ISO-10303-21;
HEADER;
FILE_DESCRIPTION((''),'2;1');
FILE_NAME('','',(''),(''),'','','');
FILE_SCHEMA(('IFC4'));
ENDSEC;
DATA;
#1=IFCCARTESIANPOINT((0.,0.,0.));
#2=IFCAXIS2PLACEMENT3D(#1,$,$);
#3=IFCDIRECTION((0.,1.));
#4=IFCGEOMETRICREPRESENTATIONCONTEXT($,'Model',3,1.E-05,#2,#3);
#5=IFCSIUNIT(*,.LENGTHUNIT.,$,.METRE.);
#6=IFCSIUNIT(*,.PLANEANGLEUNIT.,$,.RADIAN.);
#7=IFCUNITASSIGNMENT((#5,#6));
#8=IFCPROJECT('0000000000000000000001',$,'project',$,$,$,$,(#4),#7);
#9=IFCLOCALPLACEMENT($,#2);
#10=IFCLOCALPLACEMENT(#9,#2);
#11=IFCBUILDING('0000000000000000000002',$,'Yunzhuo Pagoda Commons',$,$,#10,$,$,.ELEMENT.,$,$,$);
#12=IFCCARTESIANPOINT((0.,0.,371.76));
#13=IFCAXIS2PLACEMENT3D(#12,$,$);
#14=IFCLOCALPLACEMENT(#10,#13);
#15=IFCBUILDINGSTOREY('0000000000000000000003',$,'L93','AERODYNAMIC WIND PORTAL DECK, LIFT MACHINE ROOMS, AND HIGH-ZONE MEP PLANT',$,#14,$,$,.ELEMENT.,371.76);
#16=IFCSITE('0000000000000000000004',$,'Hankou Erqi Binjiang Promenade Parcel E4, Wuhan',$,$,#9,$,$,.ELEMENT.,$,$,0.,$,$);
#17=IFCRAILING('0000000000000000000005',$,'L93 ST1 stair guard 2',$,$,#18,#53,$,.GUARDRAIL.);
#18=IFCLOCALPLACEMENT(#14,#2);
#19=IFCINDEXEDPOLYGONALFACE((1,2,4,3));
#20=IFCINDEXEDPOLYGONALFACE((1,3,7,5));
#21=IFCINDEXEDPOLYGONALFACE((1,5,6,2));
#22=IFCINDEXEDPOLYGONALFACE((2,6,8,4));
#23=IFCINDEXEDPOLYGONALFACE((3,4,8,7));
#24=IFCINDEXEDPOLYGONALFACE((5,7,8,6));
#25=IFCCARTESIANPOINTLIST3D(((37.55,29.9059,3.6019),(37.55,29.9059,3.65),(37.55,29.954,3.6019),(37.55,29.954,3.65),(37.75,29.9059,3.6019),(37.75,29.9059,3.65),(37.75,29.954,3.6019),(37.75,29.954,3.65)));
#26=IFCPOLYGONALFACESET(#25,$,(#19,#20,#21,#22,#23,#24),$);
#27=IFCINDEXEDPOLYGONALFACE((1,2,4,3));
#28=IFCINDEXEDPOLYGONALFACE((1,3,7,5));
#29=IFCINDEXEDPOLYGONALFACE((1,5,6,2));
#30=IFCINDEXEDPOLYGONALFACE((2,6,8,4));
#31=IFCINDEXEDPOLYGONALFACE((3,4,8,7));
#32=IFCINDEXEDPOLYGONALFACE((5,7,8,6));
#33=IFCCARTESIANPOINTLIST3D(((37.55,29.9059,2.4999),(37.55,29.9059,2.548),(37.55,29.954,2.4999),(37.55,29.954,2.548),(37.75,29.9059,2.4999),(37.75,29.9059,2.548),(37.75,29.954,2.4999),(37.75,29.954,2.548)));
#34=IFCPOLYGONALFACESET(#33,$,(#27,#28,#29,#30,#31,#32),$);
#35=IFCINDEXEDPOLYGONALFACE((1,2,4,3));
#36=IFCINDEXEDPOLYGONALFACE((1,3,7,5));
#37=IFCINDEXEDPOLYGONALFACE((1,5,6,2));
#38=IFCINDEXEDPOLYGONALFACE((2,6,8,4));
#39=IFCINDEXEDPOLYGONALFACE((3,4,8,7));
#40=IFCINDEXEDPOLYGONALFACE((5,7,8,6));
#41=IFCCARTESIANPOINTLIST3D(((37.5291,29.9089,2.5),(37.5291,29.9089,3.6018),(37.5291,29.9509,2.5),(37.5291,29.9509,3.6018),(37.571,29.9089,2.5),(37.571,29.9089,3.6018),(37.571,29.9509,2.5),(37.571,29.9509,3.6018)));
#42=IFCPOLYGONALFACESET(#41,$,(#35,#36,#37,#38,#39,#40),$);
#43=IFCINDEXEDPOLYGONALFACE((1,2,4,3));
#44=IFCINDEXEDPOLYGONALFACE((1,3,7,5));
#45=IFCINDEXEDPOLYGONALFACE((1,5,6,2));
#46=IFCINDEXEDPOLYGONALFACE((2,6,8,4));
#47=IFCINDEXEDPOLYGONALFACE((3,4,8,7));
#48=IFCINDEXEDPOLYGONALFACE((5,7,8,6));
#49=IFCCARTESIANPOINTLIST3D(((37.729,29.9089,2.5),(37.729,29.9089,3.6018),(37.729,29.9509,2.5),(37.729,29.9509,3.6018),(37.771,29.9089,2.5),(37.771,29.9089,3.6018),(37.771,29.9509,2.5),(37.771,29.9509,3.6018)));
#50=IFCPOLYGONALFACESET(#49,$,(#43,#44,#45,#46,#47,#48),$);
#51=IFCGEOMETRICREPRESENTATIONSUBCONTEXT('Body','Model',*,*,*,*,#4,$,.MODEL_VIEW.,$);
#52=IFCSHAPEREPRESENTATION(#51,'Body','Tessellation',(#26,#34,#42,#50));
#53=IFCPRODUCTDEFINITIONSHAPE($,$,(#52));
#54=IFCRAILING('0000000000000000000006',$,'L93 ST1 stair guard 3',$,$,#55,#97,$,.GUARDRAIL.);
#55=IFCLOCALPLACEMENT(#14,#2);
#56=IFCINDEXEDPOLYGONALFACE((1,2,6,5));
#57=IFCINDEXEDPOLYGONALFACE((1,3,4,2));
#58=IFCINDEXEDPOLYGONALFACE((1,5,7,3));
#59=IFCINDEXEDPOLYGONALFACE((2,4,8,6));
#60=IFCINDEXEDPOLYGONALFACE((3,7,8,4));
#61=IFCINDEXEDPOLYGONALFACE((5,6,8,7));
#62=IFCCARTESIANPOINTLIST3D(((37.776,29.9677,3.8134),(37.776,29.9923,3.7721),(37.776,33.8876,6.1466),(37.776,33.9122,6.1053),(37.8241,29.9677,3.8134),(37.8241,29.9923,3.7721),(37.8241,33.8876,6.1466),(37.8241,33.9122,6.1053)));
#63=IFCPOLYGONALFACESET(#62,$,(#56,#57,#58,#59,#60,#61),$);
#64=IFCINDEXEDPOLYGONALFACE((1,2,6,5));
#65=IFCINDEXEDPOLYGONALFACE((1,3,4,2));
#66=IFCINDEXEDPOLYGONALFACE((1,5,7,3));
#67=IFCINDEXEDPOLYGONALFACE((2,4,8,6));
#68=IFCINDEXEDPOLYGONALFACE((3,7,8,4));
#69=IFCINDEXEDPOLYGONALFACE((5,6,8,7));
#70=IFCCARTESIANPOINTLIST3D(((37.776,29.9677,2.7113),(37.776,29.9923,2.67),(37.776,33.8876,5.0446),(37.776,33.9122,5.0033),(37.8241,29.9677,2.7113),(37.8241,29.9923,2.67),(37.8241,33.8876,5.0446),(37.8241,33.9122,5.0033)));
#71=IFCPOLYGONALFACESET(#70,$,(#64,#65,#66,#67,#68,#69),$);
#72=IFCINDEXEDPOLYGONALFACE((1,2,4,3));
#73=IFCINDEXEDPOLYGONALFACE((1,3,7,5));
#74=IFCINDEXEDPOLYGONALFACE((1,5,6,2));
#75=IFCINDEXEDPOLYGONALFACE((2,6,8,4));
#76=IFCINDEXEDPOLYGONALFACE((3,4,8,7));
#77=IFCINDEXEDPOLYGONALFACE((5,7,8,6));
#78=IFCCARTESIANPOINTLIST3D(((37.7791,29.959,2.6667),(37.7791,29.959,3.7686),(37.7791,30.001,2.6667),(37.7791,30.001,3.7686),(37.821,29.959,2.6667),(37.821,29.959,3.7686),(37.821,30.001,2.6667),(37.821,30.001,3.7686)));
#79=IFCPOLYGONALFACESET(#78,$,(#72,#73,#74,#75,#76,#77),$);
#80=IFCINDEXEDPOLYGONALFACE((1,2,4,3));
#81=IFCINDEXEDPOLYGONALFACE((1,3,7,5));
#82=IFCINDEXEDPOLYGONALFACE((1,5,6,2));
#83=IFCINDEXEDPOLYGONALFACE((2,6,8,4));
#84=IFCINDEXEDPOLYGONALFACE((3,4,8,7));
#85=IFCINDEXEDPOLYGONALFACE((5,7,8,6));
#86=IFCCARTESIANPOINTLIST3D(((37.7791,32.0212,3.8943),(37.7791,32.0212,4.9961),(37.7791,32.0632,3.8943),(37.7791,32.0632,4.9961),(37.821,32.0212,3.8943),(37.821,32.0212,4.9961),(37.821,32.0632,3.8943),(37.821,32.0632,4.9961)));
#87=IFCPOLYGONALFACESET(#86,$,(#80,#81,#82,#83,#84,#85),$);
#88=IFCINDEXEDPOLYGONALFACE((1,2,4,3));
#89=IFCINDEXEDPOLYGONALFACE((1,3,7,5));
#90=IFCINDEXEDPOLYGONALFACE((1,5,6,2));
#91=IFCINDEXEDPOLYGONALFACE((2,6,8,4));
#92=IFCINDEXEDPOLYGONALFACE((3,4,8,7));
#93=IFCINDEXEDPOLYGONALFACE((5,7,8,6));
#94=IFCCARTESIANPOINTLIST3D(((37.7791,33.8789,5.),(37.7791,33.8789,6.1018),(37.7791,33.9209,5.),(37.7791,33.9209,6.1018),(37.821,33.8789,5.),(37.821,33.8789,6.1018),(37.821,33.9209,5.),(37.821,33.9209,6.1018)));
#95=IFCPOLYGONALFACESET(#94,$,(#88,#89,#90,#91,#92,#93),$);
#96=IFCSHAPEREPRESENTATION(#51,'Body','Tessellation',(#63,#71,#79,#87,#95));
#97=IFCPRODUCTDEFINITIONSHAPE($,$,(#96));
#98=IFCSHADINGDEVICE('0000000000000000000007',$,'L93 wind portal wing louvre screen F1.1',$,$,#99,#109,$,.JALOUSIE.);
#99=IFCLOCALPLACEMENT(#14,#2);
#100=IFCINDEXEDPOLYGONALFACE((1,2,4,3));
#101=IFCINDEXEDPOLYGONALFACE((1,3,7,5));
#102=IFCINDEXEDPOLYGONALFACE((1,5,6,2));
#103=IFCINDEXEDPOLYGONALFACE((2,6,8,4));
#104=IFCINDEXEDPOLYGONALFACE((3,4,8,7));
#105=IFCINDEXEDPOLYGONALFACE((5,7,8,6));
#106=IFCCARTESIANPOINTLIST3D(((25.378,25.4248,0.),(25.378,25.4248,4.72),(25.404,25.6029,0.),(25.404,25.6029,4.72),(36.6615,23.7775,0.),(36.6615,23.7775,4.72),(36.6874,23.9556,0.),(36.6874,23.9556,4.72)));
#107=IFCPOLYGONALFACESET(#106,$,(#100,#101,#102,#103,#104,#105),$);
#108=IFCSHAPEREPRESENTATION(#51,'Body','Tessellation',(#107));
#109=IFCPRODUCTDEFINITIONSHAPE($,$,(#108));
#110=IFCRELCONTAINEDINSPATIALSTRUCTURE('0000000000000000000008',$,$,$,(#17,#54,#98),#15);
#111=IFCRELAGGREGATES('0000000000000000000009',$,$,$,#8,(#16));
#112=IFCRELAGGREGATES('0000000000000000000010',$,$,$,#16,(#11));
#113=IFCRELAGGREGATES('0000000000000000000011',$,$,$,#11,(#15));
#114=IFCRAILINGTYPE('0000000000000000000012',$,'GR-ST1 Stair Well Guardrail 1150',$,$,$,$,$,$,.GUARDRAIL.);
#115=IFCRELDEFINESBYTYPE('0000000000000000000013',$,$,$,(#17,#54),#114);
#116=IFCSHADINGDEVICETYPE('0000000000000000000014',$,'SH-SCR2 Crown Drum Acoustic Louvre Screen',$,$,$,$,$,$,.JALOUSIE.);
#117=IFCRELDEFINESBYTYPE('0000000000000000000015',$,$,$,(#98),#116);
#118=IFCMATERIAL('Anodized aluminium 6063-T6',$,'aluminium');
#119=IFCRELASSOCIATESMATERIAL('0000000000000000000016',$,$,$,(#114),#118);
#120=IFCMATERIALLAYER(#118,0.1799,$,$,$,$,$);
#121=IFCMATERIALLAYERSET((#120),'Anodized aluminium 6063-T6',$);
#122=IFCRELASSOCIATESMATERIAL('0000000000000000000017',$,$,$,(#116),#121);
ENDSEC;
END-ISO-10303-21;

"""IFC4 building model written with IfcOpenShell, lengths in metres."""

from ifc_helpers import new_model, si_unit, direction, frame, origin, origin_2d, place, context, subcontext, project, spatial, rectangle, extrude, source, transform, mapped, material, layer, layer_set, type_object, element, save


model = new_model("IFC4")

# Units and contexts
model_context = context("Model", 3, precision=1e-05, world=origin(), true_north=direction((0.0, 1.0)))
body_context = subcontext(model_context, "Body", "Model", "MODEL_VIEW")
ifc_project = project(units=[si_unit("LENGTHUNIT", "METRE"), si_unit("PLANEANGLEUNIT", "RADIAN")], contexts=[model_context])

# Site, building, storey
site_placement = place(None, origin())
site = spatial("IfcSite", under=ifc_project, at=site_placement, Name="Hankou Erqi Binjiang Promenade Parcel E4, Wuhan", CompositionType="ELEMENT", RefElevation=0.0)
building_placement = place(site_placement, origin())
building = spatial("IfcBuilding", under=site, at=building_placement, Name="Yunzhuo Pagoda Commons", CompositionType="ELEMENT")
storey_placement = place(building_placement, frame((0.0, 0.0, 371.76)))
storey = spatial("IfcBuildingStorey", under=building, at=storey_placement, Name="L93", Description="AERODYNAMIC WIND PORTAL DECK, LIFT MACHINE ROOMS, AND HIGH-ZONE MEP PLANT", CompositionType="ELEMENT", Elevation=371.76)

# Railings
ifc_material_1 = material(Name="Anodized aluminium 6063-T6", Category="aluminium")
railing_type_1 = type_object("IfcRailingType", Name="GR-ST1 Stair Well Guardrail 1150", PredefinedType="GUARDRAIL", material=ifc_material_1)
railing_1_placement = place(storey_placement, frame((37.55, 29.9299, 2.5)))
element("IfcRailing", 1, at=railing_1_placement, inside=storey, type_object=railing_type_1, Name="L93 ST1 stair guard 2", PredefinedType="GUARDRAIL", context=body_context, shape_type="SweptSolid", body=[
    extrude(rectangle(XDim=0.0481, YDim=0.0481, at=origin_2d()), frame((0.0, 0.0, 1.126), z_axis=(1.0, 0.0, 0.0), x_axis=(0.0, 1.0, 0.0)), (0.0, 0.0, 1.0), 0.2),
    extrude(rectangle(XDim=0.0481, YDim=0.0481, at=origin_2d()), frame((0.0, 0.0, 0.0239), z_axis=(1.0, 0.0, 0.0), x_axis=(0.0, 1.0, 0.0)), (0.0, 0.0, 1.0), 0.2),
    extrude(rectangle(XDim=0.042, YDim=0.042, at=origin_2d()), origin(), (0.0, 0.0, 1.0), 1.1018),
    extrude(rectangle(XDim=0.042, YDim=0.042, at=origin_2d()), frame((0.2, 0.0, 0.0)), (0.0, 0.0, 1.0), 1.1018),
])
railing_2_placement = place(storey_placement, frame((37.8, 29.98, 2.6667)))
element("IfcRailing", 2, at=railing_2_placement, inside=storey, type_object=railing_type_1, Name="L93 ST1 stair guard 3", PredefinedType="GUARDRAIL", context=body_context, shape_type="SweptSolid", body=[
    extrude(rectangle(XDim=0.0481, YDim=0.0481, at=origin_2d()), frame((0.0, 0.0, 1.126), z_axis=(0.0, 0.859296, 0.511478), x_axis=(-1.0, 0.0, 0.0)), (0.0, 0.0, 1.0), 4.5618),
    extrude(rectangle(XDim=0.0481, YDim=0.0481, at=origin_2d()), frame((0.0, 0.0, 0.0239), z_axis=(0.0, 0.859296, 0.511478), x_axis=(-1.0, 0.0, 0.0)), (0.0, 0.0, 1.0), 4.5618),
    extrude(rectangle(XDim=0.042, YDim=0.042, at=origin_2d()), origin(), (0.0, 0.0, 1.0), 1.1018),
    extrude(rectangle(XDim=0.042, YDim=0.042, at=origin_2d()), frame((0.0, 2.0623, 1.2275)), (0.0, 0.0, 1.0), 1.1018),
    extrude(rectangle(XDim=0.042, YDim=0.042, at=origin_2d()), frame((0.0, 3.9199, 2.3333)), (0.0, 0.0, 1.0), 1.1018),
])

# Shading device
ifc_layer_1 = layer(ifc_material_1, 0.1799)
ifc_layer_set_1 = layer_set([ifc_layer_1], Name="Anodized aluminium 6063-T6")
shading_device_type = type_object("IfcShadingDeviceType", Name="SH-SCR2 Crown Drum Acoustic Louvre Screen", PredefinedType="JALOUSIE", material=ifc_layer_set_1)
shared_shape_1 = source(origin(), body_context, "Body", "SweptSolid", [
    extrude(rectangle(XDim=11.4031, YDim=0.1799, at=origin_2d()), origin(), (0.0, 0.0, 1.0), 4.72),
])
shading_device_placement = place(storey_placement, frame((31.0327, 24.6902, 0.0), z_axis=(0.0, 0.0, 1.0), x_axis=(0.989511, -0.14446, 0.0)))
element("IfcShadingDevice", 3, at=shading_device_placement, inside=storey, type_object=shading_device_type, Name="L93 wind portal wing louvre screen F1.1", PredefinedType="JALOUSIE", context=body_context, shape_type="MappedRepresentation", body=[
    mapped(shared_shape_1, transform((0.0, 0.0, 0.0), scale=1.0)),
])

save(model, "model.ifc")
